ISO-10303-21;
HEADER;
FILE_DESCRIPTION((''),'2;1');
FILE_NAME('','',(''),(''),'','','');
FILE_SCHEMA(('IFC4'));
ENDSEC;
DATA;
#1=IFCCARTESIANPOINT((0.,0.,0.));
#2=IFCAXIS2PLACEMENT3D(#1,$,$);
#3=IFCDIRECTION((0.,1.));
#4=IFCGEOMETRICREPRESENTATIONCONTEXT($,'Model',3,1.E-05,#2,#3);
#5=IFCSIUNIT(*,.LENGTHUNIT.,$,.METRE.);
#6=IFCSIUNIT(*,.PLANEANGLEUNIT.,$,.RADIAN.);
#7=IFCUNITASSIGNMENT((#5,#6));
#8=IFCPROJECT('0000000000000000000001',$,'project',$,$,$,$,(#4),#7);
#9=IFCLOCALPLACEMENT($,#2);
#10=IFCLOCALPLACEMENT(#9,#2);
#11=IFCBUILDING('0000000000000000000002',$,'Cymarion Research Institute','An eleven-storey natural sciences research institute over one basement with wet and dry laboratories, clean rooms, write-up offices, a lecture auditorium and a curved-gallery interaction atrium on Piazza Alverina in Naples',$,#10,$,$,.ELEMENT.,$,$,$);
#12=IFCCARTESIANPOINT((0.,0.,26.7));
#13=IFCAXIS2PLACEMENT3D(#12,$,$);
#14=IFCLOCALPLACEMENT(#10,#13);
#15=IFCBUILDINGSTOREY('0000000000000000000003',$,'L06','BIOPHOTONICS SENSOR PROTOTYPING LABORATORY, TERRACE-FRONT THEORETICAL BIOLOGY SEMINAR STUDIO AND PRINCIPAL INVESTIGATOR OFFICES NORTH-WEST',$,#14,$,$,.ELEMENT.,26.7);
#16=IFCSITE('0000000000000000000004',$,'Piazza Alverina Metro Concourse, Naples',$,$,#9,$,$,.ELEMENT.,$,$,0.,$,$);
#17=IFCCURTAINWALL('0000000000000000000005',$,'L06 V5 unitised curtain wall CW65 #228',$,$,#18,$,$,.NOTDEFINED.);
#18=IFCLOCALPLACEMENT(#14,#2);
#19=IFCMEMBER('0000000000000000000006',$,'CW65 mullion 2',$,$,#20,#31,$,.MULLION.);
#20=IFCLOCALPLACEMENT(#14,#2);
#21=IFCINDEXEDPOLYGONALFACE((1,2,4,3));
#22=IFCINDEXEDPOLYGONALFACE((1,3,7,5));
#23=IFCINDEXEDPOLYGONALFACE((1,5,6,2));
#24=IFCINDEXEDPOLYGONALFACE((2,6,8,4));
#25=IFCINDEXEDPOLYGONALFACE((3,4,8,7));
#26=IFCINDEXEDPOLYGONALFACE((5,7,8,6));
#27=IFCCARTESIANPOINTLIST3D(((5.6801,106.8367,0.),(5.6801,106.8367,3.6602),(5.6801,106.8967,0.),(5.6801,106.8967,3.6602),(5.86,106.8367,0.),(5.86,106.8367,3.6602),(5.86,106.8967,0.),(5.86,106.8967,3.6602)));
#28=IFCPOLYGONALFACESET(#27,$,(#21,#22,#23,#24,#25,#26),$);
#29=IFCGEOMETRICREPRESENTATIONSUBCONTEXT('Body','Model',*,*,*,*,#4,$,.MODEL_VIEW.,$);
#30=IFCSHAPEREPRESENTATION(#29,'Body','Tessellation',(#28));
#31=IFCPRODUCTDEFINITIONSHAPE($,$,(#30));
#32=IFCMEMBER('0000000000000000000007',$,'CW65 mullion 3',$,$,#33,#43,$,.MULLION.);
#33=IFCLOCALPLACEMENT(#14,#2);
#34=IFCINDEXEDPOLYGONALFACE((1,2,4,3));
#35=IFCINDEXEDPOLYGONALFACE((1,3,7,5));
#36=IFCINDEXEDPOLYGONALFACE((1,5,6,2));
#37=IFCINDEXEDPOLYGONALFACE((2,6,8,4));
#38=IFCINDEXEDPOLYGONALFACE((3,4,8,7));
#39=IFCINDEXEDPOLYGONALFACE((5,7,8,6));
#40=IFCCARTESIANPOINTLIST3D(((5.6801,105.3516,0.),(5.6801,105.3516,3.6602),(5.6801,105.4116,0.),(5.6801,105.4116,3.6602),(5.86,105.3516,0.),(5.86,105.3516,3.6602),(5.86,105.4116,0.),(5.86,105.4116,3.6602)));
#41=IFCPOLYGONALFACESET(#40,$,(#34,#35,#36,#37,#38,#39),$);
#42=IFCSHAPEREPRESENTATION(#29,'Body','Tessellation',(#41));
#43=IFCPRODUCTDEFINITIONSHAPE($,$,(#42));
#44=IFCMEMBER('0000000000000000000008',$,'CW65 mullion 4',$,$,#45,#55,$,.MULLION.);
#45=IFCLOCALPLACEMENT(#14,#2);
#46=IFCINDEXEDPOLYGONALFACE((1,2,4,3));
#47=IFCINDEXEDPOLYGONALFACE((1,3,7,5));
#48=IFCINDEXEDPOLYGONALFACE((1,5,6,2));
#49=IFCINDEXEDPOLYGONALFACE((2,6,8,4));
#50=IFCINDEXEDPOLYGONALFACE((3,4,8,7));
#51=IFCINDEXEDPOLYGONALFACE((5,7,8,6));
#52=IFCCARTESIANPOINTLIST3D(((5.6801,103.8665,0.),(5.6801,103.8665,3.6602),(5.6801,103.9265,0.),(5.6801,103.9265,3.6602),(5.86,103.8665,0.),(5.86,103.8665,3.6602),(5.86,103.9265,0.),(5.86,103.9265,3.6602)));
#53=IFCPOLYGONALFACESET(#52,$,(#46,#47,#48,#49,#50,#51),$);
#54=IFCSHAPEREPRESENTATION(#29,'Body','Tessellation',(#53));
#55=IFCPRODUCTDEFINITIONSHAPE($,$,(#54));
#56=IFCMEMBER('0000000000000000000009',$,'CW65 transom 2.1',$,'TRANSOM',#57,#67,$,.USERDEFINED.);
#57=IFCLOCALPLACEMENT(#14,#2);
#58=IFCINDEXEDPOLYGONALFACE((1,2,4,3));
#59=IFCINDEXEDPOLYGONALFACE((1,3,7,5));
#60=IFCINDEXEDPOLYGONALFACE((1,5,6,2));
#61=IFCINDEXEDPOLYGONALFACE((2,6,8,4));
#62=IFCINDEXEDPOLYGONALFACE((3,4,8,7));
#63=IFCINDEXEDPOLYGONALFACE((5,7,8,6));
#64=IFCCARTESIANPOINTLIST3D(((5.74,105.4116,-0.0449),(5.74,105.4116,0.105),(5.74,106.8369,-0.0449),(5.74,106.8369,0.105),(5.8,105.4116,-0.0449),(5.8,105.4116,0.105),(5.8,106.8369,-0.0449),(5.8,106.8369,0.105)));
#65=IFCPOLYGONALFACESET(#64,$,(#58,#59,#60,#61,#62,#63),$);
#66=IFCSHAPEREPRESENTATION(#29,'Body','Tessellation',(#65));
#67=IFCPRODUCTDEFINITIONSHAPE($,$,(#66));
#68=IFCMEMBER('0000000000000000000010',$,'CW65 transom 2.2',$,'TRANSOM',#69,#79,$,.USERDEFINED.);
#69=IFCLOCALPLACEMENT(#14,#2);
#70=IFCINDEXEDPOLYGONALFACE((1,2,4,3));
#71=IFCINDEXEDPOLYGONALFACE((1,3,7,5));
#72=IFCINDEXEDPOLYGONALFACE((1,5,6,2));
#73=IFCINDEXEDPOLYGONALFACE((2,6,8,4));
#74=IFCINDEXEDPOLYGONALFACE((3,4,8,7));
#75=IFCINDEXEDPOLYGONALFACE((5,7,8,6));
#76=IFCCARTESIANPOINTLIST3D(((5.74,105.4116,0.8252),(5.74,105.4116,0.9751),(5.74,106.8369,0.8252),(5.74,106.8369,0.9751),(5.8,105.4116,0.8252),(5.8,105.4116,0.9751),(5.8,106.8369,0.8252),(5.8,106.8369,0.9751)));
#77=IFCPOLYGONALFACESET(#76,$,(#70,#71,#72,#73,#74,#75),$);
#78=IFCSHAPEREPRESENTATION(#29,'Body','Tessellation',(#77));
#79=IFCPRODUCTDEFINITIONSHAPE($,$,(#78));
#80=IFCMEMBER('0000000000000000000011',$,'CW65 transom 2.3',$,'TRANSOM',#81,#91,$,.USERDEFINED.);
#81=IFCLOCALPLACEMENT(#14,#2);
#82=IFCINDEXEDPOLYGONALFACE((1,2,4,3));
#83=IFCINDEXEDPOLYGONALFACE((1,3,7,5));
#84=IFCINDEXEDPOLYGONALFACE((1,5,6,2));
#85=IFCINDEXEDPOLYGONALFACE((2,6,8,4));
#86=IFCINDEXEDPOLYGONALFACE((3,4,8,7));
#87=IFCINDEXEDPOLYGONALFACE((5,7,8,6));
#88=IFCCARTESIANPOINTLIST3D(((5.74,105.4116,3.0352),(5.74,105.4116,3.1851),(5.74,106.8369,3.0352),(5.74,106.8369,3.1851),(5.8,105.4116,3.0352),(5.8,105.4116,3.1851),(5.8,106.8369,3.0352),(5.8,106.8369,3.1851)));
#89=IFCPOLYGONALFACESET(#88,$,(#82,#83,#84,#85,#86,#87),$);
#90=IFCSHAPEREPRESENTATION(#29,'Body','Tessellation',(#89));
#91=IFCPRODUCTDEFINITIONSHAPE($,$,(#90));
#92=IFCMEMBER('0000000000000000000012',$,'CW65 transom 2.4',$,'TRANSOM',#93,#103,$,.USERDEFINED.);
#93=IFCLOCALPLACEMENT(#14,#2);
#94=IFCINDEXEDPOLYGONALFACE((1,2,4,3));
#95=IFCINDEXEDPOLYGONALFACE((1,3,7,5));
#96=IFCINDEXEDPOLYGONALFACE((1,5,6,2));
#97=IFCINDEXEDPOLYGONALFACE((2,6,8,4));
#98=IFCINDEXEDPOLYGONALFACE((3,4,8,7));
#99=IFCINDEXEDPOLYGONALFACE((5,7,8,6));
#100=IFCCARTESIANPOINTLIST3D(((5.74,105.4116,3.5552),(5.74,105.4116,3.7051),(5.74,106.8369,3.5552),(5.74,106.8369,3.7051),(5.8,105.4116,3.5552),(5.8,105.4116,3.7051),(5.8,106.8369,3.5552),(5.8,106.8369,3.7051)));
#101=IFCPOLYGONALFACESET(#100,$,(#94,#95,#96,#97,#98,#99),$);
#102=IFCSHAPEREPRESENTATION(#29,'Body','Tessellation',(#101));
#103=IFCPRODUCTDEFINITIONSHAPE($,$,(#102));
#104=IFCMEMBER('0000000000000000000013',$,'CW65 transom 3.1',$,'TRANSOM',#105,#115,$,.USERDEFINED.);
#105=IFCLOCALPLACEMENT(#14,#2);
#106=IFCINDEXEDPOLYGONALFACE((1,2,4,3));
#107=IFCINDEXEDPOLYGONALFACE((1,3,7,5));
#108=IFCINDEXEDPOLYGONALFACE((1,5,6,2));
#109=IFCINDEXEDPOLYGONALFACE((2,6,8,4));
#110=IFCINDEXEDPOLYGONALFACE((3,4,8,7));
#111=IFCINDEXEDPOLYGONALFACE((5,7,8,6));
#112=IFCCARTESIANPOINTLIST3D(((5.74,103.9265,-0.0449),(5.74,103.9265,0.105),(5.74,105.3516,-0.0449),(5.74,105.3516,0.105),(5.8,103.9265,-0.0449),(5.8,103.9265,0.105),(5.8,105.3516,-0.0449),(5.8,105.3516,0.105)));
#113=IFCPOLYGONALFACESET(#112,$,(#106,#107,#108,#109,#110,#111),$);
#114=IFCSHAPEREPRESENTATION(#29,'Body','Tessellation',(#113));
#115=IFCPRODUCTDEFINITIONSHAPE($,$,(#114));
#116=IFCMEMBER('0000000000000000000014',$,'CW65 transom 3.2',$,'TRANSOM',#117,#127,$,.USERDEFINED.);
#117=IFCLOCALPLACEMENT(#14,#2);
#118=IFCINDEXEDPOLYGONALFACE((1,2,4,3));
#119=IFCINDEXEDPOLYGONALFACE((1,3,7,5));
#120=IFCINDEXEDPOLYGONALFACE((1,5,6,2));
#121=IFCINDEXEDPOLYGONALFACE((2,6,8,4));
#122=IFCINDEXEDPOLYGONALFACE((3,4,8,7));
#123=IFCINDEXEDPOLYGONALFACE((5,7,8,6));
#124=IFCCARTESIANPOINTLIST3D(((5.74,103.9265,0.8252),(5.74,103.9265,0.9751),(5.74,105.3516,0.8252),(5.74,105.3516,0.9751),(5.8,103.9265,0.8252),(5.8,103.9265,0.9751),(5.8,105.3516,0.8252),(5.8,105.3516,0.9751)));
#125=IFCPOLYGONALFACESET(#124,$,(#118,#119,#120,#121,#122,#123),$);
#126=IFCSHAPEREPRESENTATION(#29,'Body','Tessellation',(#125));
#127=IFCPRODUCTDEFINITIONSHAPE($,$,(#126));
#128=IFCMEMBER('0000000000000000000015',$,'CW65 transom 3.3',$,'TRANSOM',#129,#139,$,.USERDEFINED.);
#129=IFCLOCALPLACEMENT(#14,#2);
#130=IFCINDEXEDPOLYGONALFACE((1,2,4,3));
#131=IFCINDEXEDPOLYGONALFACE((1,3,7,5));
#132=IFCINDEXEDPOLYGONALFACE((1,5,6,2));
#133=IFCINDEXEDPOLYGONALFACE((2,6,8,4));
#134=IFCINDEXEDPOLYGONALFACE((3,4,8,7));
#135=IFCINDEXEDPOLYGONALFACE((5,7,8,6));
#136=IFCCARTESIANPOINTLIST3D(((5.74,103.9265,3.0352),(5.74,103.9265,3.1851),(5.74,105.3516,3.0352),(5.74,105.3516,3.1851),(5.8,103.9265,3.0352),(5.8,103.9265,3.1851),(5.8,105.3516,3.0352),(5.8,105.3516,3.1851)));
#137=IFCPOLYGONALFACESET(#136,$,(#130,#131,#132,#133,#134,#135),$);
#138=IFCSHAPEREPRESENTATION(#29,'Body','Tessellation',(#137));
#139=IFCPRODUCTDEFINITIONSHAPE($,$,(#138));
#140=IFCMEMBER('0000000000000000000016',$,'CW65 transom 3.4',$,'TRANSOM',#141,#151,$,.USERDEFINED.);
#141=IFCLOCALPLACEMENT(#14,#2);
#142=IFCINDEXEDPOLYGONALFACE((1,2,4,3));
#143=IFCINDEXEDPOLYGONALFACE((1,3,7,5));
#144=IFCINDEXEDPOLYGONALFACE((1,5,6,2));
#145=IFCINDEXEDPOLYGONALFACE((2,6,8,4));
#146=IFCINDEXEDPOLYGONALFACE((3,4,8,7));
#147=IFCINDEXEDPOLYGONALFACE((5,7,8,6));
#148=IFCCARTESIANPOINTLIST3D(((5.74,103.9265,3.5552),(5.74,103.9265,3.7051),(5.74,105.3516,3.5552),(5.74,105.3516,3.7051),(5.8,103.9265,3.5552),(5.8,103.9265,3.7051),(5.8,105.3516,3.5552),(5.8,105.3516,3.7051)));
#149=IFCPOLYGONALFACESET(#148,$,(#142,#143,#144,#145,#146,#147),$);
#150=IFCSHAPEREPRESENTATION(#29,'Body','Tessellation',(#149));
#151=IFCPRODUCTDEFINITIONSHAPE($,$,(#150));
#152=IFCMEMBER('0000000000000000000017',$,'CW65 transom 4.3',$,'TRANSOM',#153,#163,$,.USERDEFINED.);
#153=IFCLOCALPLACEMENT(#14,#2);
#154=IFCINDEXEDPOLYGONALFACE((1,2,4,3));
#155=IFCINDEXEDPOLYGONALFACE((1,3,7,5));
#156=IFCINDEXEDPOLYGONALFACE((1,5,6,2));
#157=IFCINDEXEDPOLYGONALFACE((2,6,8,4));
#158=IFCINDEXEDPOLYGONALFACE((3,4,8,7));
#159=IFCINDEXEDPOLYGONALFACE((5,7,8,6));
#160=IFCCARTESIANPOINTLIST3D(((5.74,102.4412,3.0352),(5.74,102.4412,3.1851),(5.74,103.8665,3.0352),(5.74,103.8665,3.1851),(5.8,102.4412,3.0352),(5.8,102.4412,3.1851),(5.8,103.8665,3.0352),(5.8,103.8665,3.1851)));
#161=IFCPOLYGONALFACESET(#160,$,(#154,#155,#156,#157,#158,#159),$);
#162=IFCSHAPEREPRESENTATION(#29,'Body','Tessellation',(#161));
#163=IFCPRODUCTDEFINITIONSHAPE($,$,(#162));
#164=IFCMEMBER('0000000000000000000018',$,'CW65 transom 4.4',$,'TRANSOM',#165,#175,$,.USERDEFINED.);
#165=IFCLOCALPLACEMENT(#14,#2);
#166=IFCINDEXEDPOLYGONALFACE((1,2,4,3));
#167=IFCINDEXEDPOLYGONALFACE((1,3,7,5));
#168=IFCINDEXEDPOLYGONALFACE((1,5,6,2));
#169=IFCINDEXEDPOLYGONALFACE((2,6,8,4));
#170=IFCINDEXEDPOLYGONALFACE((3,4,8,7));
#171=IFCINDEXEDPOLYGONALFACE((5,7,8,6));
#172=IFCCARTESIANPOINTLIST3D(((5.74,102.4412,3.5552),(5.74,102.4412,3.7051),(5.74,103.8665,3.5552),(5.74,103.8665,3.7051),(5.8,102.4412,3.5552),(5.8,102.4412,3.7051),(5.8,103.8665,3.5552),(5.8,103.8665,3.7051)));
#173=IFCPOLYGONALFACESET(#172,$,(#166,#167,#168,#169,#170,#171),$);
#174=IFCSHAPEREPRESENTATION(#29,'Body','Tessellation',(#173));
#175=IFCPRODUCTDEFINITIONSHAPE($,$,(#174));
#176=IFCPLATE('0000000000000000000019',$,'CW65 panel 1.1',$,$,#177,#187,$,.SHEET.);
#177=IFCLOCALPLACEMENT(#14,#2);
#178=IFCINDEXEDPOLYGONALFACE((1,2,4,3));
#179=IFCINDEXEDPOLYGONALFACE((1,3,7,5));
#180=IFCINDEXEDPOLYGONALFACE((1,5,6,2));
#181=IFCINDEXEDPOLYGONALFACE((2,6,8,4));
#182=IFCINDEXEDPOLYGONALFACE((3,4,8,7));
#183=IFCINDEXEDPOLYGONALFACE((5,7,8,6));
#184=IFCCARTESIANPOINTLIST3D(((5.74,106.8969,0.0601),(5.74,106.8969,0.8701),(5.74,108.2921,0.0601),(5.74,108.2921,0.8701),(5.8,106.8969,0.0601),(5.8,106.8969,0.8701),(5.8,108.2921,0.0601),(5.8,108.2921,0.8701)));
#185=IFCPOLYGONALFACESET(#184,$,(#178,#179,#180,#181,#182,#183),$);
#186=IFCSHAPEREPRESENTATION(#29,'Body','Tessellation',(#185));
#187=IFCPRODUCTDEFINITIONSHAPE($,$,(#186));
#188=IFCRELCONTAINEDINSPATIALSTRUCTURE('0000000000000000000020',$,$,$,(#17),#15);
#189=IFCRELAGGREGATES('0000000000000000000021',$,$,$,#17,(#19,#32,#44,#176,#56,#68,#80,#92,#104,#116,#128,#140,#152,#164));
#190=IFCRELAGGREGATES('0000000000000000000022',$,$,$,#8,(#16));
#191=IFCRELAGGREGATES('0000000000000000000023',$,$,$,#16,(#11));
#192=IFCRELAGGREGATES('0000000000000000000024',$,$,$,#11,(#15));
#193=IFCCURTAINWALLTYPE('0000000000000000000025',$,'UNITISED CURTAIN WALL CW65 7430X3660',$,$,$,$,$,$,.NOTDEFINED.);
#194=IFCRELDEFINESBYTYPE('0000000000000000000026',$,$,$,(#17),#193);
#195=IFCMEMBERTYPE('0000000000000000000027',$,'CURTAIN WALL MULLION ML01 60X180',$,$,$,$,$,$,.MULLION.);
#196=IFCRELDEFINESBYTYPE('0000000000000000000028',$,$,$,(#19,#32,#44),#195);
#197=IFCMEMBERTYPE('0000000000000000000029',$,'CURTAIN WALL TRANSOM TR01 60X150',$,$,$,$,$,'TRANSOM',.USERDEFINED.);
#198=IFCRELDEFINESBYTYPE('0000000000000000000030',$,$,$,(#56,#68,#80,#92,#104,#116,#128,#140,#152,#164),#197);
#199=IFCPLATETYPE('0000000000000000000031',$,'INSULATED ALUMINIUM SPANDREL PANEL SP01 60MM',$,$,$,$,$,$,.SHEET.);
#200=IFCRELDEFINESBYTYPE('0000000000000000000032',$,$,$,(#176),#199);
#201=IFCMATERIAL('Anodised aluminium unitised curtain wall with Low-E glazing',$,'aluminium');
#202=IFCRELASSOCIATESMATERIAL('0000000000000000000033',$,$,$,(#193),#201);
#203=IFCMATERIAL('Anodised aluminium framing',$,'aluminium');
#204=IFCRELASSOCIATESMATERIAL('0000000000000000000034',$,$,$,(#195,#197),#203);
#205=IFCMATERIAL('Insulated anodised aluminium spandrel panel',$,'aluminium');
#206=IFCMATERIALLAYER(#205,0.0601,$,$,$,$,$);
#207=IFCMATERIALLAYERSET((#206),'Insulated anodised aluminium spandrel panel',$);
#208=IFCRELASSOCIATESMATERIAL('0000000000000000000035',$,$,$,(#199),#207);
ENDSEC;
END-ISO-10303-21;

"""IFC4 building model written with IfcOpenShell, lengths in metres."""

from ifc_helpers import new_model, si_unit, direction, frame, origin, origin_2d, place, context, subcontext, project, spatial, rectangle, extrude, material, layer, layer_set, material_profile, profile_set, type_object, element, aggregate, save


model = new_model("IFC4")

# Units and contexts
model_context = context("Model", 3, precision=1e-05, world=origin(), true_north=direction((0.0, 1.0)))
body_context = subcontext(model_context, "Body", "Model", "MODEL_VIEW")
ifc_project = project(units=[si_unit("LENGTHUNIT", "METRE"), si_unit("PLANEANGLEUNIT", "RADIAN")], contexts=[model_context])

# Site, building, storey
site_placement = place(None, origin())
site = spatial("IfcSite", under=ifc_project, at=site_placement, Name="Piazza Alverina Metro Concourse, Naples", CompositionType="ELEMENT", RefElevation=0.0)
building_placement = place(site_placement, origin())
building = spatial("IfcBuilding", under=site, at=building_placement, Name="Cymarion Research Institute", Description="An eleven-storey natural sciences research institute over one basement with wet and dry laboratories, clean rooms, write-up offices, a lecture auditorium and a curved-gallery interaction atrium on Piazza Alverina in Naples", CompositionType="ELEMENT")
storey_placement = place(building_placement, frame((0.0, 0.0, 26.7)))
storey = spatial("IfcBuildingStorey", under=building, at=storey_placement, Name="L06", Description="BIOPHOTONICS SENSOR PROTOTYPING LABORATORY, TERRACE-FRONT THEORETICAL BIOLOGY SEMINAR STUDIO AND PRINCIPAL INVESTIGATOR OFFICES NORTH-WEST", CompositionType="ELEMENT", Elevation=26.7)

# Curtain wall, members, plate
ifc_material_1 = material(Name="Anodised aluminium unitised curtain wall with Low-E glazing", Category="aluminium")
curtain_wall_type = type_object("IfcCurtainWallType", Name="UNITISED CURTAIN WALL CW65 7430X3660", PredefinedType="NOTDEFINED", material=ifc_material_1)
curtain_wall_placement = place(storey_placement, origin())
curtain_wall = element("IfcCurtainWall", 1, at=curtain_wall_placement, inside=storey, type_object=curtain_wall_type, Name="L06 V5 unitised curtain wall CW65 #228", PredefinedType="NOTDEFINED")
ifc_material_2 = material(Name="Anodised aluminium framing", Category="aluminium")
ifc_material_profile_1 = material_profile(ifc_material_2, rectangle(XDim=0.0601, YDim=0.1799, at=origin_2d()), Name="ALU MULLION 60x180")
ifc_profile_set_1 = profile_set([ifc_material_profile_1], Name="Anodised aluminium framing")
member_type_1 = type_object("IfcMemberType", Name="CURTAIN WALL MULLION ML01 60X180", PredefinedType="MULLION", material=ifc_profile_set_1)
member_1_placement = place(storey_placement, frame((5.77, 106.8667, 0.0), z_axis=(0.0, 0.0, 1.0), x_axis=(0.0, -1.0, 0.0)))
member_1 = element("IfcMember", 2, at=member_1_placement, type_object=member_type_1, Name="CW65 mullion 2", PredefinedType="MULLION", context=body_context, shape_type="SweptSolid", body=[
    extrude(rectangle(XDim=0.0601, YDim=0.1799, at=origin_2d()), origin(), (0.0, 0.0, 1.0), 3.6602),
])
member_2_placement = place(storey_placement, frame((5.77, 105.3816, 0.0), z_axis=(0.0, 0.0, 1.0), x_axis=(0.0, -1.0, 0.0)))
member_2 = element("IfcMember", 3, at=member_2_placement, type_object=member_type_1, Name="CW65 mullion 3", PredefinedType="MULLION", context=body_context, shape_type="SweptSolid", body=[
    extrude(rectangle(XDim=0.0601, YDim=0.1799, at=origin_2d()), origin(), (0.0, 0.0, 1.0), 3.6602),
])
member_3_placement = place(storey_placement, frame((5.77, 103.8965, 0.0), z_axis=(0.0, 0.0, 1.0), x_axis=(0.0, -1.0, 0.0)))
member_3 = element("IfcMember", 4, at=member_3_placement, type_object=member_type_1, Name="CW65 mullion 4", PredefinedType="MULLION", context=body_context, shape_type="SweptSolid", body=[
    extrude(rectangle(XDim=0.0601, YDim=0.1799, at=origin_2d()), origin(), (0.0, 0.0, 1.0), 3.6602),
])
ifc_material_profile_2 = material_profile(ifc_material_2, rectangle(XDim=0.0601, YDim=0.1499, at=origin_2d()), Name="ALU TRANSOM 60x150")
ifc_profile_set_2 = profile_set([ifc_material_profile_2], Name="Anodised aluminium framing")
member_type_2 = type_object("IfcMemberType", Name="CURTAIN WALL TRANSOM TR01 60X150", ElementType="TRANSOM", PredefinedType="USERDEFINED", material=ifc_profile_set_2)
member_4_placement = place(storey_placement, frame((5.77, 106.8369, 0.03), z_axis=(0.0, -1.0, 0.0), x_axis=(1.0, 0.0, 0.0)))
member_4 = element("IfcMember", 5, at=member_4_placement, type_object=member_type_2, Name="CW65 transom 2.1", ObjectType="TRANSOM", PredefinedType="USERDEFINED", context=body_context, shape_type="SweptSolid", body=[
    extrude(rectangle(XDim=0.0601, YDim=0.1499, at=origin_2d()), origin(), (0.0, 0.0, 1.0), 1.4253),
])
member_5_placement = place(storey_placement, frame((5.77, 106.8369, 0.9001), z_axis=(0.0, -1.0, 0.0), x_axis=(1.0, 0.0, 0.0)))
member_5 = element("IfcMember", 6, at=member_5_placement, type_object=member_type_2, Name="CW65 transom 2.2", ObjectType="TRANSOM", PredefinedType="USERDEFINED", context=body_context, shape_type="SweptSolid", body=[
    extrude(rectangle(XDim=0.0601, YDim=0.1499, at=origin_2d()), origin(), (0.0, 0.0, 1.0), 1.4253),
])
member_6_placement = place(storey_placement, frame((5.77, 106.8369, 3.1101), z_axis=(0.0, -1.0, 0.0), x_axis=(1.0, 0.0, 0.0)))
member_6 = element("IfcMember", 7, at=member_6_placement, type_object=member_type_2, Name="CW65 transom 2.3", ObjectType="TRANSOM", PredefinedType="USERDEFINED", context=body_context, shape_type="SweptSolid", body=[
    extrude(rectangle(XDim=0.0601, YDim=0.1499, at=origin_2d()), origin(), (0.0, 0.0, 1.0), 1.4253),
])
member_7_placement = place(storey_placement, frame((5.77, 106.8369, 3.6301), z_axis=(0.0, -1.0, 0.0), x_axis=(1.0, 0.0, 0.0)))
member_7 = element("IfcMember", 8, at=member_7_placement, type_object=member_type_2, Name="CW65 transom 2.4", ObjectType="TRANSOM", PredefinedType="USERDEFINED", context=body_context, shape_type="SweptSolid", body=[
    extrude(rectangle(XDim=0.0601, YDim=0.1499, at=origin_2d()), origin(), (0.0, 0.0, 1.0), 1.4253),
])
member_8_placement = place(storey_placement, frame((5.77, 105.3516, 0.03), z_axis=(0.0, -1.0, 0.0), x_axis=(1.0, 0.0, 0.0)))
member_8 = element("IfcMember", 9, at=member_8_placement, type_object=member_type_2, Name="CW65 transom 3.1", ObjectType="TRANSOM", PredefinedType="USERDEFINED", context=body_context, shape_type="SweptSolid", body=[
    extrude(rectangle(XDim=0.0601, YDim=0.1499, at=origin_2d()), origin(), (0.0, 0.0, 1.0), 1.425),
])
member_9_placement = place(storey_placement, frame((5.77, 105.3516, 0.9001), z_axis=(0.0, -1.0, 0.0), x_axis=(1.0, 0.0, 0.0)))
member_9 = element("IfcMember", 10, at=member_9_placement, type_object=member_type_2, Name="CW65 transom 3.2", ObjectType="TRANSOM", PredefinedType="USERDEFINED", context=body_context, shape_type="SweptSolid", body=[
    extrude(rectangle(XDim=0.0601, YDim=0.1499, at=origin_2d()), origin(), (0.0, 0.0, 1.0), 1.425),
])
member_10_placement = place(storey_placement, frame((5.77, 105.3516, 3.1101), z_axis=(0.0, -1.0, 0.0), x_axis=(1.0, 0.0, 0.0)))
member_10 = element("IfcMember", 11, at=member_10_placement, type_object=member_type_2, Name="CW65 transom 3.3", ObjectType="TRANSOM", PredefinedType="USERDEFINED", context=body_context, shape_type="SweptSolid", body=[
    extrude(rectangle(XDim=0.0601, YDim=0.1499, at=origin_2d()), origin(), (0.0, 0.0, 1.0), 1.425),
])
member_11_placement = place(storey_placement, frame((5.77, 105.3516, 3.6301), z_axis=(0.0, -1.0, 0.0), x_axis=(1.0, 0.0, 0.0)))
member_11 = element("IfcMember", 12, at=member_11_placement, type_object=member_type_2, Name="CW65 transom 3.4", ObjectType="TRANSOM", PredefinedType="USERDEFINED", context=body_context, shape_type="SweptSolid", body=[
    extrude(rectangle(XDim=0.0601, YDim=0.1499, at=origin_2d()), origin(), (0.0, 0.0, 1.0), 1.425),
])
member_12_placement = place(storey_placement, frame((5.77, 103.8665, 3.1101), z_axis=(0.0, -1.0, 0.0), x_axis=(1.0, 0.0, 0.0)))
member_12 = element("IfcMember", 13, at=member_12_placement, type_object=member_type_2, Name="CW65 transom 4.3", ObjectType="TRANSOM", PredefinedType="USERDEFINED", context=body_context, shape_type="SweptSolid", body=[
    extrude(rectangle(XDim=0.0601, YDim=0.1499, at=origin_2d()), origin(), (0.0, 0.0, 1.0), 1.4253),
])
member_13_placement = place(storey_placement, frame((5.77, 103.8665, 3.6301), z_axis=(0.0, -1.0, 0.0), x_axis=(1.0, 0.0, 0.0)))
member_13 = element("IfcMember", 14, at=member_13_placement, type_object=member_type_2, Name="CW65 transom 4.4", ObjectType="TRANSOM", PredefinedType="USERDEFINED", context=body_context, shape_type="SweptSolid", body=[
    extrude(rectangle(XDim=0.0601, YDim=0.1499, at=origin_2d()), origin(), (0.0, 0.0, 1.0), 1.4253),
])
ifc_material_3 = material(Name="Insulated anodised aluminium spandrel panel", Category="aluminium")
ifc_layer_1 = layer(ifc_material_3, 0.0601)
ifc_layer_set_1 = layer_set([ifc_layer_1], Name="Insulated anodised aluminium spandrel panel")
plate_type_1 = type_object("IfcPlateType", Name="INSULATED ALUMINIUM SPANDREL PANEL SP01 60MM", PredefinedType="SHEET", material=ifc_layer_set_1)
plate_1_placement = place(storey_placement, frame((5.77, 107.5945, 0.0601), z_axis=(0.0, 0.0, 1.0), x_axis=(0.0, -1.0, 0.0)))
plate_1 = element("IfcPlate", 15, at=plate_1_placement, type_object=plate_type_1, Name="CW65 panel 1.1", PredefinedType="SHEET", context=body_context, shape_type="SweptSolid", body=[
    extrude(rectangle(XDim=1.3953, YDim=0.0601, at=origin_2d()), origin(), (0.0, 0.0, 1.0), 0.8101),
])
aggregate(curtain_wall, [member_1, member_2, member_3, plate_1, member_4, member_5, member_6, member_7, member_8, member_9, member_10, member_11, member_12, member_13])

save(model, "model.ifc")
